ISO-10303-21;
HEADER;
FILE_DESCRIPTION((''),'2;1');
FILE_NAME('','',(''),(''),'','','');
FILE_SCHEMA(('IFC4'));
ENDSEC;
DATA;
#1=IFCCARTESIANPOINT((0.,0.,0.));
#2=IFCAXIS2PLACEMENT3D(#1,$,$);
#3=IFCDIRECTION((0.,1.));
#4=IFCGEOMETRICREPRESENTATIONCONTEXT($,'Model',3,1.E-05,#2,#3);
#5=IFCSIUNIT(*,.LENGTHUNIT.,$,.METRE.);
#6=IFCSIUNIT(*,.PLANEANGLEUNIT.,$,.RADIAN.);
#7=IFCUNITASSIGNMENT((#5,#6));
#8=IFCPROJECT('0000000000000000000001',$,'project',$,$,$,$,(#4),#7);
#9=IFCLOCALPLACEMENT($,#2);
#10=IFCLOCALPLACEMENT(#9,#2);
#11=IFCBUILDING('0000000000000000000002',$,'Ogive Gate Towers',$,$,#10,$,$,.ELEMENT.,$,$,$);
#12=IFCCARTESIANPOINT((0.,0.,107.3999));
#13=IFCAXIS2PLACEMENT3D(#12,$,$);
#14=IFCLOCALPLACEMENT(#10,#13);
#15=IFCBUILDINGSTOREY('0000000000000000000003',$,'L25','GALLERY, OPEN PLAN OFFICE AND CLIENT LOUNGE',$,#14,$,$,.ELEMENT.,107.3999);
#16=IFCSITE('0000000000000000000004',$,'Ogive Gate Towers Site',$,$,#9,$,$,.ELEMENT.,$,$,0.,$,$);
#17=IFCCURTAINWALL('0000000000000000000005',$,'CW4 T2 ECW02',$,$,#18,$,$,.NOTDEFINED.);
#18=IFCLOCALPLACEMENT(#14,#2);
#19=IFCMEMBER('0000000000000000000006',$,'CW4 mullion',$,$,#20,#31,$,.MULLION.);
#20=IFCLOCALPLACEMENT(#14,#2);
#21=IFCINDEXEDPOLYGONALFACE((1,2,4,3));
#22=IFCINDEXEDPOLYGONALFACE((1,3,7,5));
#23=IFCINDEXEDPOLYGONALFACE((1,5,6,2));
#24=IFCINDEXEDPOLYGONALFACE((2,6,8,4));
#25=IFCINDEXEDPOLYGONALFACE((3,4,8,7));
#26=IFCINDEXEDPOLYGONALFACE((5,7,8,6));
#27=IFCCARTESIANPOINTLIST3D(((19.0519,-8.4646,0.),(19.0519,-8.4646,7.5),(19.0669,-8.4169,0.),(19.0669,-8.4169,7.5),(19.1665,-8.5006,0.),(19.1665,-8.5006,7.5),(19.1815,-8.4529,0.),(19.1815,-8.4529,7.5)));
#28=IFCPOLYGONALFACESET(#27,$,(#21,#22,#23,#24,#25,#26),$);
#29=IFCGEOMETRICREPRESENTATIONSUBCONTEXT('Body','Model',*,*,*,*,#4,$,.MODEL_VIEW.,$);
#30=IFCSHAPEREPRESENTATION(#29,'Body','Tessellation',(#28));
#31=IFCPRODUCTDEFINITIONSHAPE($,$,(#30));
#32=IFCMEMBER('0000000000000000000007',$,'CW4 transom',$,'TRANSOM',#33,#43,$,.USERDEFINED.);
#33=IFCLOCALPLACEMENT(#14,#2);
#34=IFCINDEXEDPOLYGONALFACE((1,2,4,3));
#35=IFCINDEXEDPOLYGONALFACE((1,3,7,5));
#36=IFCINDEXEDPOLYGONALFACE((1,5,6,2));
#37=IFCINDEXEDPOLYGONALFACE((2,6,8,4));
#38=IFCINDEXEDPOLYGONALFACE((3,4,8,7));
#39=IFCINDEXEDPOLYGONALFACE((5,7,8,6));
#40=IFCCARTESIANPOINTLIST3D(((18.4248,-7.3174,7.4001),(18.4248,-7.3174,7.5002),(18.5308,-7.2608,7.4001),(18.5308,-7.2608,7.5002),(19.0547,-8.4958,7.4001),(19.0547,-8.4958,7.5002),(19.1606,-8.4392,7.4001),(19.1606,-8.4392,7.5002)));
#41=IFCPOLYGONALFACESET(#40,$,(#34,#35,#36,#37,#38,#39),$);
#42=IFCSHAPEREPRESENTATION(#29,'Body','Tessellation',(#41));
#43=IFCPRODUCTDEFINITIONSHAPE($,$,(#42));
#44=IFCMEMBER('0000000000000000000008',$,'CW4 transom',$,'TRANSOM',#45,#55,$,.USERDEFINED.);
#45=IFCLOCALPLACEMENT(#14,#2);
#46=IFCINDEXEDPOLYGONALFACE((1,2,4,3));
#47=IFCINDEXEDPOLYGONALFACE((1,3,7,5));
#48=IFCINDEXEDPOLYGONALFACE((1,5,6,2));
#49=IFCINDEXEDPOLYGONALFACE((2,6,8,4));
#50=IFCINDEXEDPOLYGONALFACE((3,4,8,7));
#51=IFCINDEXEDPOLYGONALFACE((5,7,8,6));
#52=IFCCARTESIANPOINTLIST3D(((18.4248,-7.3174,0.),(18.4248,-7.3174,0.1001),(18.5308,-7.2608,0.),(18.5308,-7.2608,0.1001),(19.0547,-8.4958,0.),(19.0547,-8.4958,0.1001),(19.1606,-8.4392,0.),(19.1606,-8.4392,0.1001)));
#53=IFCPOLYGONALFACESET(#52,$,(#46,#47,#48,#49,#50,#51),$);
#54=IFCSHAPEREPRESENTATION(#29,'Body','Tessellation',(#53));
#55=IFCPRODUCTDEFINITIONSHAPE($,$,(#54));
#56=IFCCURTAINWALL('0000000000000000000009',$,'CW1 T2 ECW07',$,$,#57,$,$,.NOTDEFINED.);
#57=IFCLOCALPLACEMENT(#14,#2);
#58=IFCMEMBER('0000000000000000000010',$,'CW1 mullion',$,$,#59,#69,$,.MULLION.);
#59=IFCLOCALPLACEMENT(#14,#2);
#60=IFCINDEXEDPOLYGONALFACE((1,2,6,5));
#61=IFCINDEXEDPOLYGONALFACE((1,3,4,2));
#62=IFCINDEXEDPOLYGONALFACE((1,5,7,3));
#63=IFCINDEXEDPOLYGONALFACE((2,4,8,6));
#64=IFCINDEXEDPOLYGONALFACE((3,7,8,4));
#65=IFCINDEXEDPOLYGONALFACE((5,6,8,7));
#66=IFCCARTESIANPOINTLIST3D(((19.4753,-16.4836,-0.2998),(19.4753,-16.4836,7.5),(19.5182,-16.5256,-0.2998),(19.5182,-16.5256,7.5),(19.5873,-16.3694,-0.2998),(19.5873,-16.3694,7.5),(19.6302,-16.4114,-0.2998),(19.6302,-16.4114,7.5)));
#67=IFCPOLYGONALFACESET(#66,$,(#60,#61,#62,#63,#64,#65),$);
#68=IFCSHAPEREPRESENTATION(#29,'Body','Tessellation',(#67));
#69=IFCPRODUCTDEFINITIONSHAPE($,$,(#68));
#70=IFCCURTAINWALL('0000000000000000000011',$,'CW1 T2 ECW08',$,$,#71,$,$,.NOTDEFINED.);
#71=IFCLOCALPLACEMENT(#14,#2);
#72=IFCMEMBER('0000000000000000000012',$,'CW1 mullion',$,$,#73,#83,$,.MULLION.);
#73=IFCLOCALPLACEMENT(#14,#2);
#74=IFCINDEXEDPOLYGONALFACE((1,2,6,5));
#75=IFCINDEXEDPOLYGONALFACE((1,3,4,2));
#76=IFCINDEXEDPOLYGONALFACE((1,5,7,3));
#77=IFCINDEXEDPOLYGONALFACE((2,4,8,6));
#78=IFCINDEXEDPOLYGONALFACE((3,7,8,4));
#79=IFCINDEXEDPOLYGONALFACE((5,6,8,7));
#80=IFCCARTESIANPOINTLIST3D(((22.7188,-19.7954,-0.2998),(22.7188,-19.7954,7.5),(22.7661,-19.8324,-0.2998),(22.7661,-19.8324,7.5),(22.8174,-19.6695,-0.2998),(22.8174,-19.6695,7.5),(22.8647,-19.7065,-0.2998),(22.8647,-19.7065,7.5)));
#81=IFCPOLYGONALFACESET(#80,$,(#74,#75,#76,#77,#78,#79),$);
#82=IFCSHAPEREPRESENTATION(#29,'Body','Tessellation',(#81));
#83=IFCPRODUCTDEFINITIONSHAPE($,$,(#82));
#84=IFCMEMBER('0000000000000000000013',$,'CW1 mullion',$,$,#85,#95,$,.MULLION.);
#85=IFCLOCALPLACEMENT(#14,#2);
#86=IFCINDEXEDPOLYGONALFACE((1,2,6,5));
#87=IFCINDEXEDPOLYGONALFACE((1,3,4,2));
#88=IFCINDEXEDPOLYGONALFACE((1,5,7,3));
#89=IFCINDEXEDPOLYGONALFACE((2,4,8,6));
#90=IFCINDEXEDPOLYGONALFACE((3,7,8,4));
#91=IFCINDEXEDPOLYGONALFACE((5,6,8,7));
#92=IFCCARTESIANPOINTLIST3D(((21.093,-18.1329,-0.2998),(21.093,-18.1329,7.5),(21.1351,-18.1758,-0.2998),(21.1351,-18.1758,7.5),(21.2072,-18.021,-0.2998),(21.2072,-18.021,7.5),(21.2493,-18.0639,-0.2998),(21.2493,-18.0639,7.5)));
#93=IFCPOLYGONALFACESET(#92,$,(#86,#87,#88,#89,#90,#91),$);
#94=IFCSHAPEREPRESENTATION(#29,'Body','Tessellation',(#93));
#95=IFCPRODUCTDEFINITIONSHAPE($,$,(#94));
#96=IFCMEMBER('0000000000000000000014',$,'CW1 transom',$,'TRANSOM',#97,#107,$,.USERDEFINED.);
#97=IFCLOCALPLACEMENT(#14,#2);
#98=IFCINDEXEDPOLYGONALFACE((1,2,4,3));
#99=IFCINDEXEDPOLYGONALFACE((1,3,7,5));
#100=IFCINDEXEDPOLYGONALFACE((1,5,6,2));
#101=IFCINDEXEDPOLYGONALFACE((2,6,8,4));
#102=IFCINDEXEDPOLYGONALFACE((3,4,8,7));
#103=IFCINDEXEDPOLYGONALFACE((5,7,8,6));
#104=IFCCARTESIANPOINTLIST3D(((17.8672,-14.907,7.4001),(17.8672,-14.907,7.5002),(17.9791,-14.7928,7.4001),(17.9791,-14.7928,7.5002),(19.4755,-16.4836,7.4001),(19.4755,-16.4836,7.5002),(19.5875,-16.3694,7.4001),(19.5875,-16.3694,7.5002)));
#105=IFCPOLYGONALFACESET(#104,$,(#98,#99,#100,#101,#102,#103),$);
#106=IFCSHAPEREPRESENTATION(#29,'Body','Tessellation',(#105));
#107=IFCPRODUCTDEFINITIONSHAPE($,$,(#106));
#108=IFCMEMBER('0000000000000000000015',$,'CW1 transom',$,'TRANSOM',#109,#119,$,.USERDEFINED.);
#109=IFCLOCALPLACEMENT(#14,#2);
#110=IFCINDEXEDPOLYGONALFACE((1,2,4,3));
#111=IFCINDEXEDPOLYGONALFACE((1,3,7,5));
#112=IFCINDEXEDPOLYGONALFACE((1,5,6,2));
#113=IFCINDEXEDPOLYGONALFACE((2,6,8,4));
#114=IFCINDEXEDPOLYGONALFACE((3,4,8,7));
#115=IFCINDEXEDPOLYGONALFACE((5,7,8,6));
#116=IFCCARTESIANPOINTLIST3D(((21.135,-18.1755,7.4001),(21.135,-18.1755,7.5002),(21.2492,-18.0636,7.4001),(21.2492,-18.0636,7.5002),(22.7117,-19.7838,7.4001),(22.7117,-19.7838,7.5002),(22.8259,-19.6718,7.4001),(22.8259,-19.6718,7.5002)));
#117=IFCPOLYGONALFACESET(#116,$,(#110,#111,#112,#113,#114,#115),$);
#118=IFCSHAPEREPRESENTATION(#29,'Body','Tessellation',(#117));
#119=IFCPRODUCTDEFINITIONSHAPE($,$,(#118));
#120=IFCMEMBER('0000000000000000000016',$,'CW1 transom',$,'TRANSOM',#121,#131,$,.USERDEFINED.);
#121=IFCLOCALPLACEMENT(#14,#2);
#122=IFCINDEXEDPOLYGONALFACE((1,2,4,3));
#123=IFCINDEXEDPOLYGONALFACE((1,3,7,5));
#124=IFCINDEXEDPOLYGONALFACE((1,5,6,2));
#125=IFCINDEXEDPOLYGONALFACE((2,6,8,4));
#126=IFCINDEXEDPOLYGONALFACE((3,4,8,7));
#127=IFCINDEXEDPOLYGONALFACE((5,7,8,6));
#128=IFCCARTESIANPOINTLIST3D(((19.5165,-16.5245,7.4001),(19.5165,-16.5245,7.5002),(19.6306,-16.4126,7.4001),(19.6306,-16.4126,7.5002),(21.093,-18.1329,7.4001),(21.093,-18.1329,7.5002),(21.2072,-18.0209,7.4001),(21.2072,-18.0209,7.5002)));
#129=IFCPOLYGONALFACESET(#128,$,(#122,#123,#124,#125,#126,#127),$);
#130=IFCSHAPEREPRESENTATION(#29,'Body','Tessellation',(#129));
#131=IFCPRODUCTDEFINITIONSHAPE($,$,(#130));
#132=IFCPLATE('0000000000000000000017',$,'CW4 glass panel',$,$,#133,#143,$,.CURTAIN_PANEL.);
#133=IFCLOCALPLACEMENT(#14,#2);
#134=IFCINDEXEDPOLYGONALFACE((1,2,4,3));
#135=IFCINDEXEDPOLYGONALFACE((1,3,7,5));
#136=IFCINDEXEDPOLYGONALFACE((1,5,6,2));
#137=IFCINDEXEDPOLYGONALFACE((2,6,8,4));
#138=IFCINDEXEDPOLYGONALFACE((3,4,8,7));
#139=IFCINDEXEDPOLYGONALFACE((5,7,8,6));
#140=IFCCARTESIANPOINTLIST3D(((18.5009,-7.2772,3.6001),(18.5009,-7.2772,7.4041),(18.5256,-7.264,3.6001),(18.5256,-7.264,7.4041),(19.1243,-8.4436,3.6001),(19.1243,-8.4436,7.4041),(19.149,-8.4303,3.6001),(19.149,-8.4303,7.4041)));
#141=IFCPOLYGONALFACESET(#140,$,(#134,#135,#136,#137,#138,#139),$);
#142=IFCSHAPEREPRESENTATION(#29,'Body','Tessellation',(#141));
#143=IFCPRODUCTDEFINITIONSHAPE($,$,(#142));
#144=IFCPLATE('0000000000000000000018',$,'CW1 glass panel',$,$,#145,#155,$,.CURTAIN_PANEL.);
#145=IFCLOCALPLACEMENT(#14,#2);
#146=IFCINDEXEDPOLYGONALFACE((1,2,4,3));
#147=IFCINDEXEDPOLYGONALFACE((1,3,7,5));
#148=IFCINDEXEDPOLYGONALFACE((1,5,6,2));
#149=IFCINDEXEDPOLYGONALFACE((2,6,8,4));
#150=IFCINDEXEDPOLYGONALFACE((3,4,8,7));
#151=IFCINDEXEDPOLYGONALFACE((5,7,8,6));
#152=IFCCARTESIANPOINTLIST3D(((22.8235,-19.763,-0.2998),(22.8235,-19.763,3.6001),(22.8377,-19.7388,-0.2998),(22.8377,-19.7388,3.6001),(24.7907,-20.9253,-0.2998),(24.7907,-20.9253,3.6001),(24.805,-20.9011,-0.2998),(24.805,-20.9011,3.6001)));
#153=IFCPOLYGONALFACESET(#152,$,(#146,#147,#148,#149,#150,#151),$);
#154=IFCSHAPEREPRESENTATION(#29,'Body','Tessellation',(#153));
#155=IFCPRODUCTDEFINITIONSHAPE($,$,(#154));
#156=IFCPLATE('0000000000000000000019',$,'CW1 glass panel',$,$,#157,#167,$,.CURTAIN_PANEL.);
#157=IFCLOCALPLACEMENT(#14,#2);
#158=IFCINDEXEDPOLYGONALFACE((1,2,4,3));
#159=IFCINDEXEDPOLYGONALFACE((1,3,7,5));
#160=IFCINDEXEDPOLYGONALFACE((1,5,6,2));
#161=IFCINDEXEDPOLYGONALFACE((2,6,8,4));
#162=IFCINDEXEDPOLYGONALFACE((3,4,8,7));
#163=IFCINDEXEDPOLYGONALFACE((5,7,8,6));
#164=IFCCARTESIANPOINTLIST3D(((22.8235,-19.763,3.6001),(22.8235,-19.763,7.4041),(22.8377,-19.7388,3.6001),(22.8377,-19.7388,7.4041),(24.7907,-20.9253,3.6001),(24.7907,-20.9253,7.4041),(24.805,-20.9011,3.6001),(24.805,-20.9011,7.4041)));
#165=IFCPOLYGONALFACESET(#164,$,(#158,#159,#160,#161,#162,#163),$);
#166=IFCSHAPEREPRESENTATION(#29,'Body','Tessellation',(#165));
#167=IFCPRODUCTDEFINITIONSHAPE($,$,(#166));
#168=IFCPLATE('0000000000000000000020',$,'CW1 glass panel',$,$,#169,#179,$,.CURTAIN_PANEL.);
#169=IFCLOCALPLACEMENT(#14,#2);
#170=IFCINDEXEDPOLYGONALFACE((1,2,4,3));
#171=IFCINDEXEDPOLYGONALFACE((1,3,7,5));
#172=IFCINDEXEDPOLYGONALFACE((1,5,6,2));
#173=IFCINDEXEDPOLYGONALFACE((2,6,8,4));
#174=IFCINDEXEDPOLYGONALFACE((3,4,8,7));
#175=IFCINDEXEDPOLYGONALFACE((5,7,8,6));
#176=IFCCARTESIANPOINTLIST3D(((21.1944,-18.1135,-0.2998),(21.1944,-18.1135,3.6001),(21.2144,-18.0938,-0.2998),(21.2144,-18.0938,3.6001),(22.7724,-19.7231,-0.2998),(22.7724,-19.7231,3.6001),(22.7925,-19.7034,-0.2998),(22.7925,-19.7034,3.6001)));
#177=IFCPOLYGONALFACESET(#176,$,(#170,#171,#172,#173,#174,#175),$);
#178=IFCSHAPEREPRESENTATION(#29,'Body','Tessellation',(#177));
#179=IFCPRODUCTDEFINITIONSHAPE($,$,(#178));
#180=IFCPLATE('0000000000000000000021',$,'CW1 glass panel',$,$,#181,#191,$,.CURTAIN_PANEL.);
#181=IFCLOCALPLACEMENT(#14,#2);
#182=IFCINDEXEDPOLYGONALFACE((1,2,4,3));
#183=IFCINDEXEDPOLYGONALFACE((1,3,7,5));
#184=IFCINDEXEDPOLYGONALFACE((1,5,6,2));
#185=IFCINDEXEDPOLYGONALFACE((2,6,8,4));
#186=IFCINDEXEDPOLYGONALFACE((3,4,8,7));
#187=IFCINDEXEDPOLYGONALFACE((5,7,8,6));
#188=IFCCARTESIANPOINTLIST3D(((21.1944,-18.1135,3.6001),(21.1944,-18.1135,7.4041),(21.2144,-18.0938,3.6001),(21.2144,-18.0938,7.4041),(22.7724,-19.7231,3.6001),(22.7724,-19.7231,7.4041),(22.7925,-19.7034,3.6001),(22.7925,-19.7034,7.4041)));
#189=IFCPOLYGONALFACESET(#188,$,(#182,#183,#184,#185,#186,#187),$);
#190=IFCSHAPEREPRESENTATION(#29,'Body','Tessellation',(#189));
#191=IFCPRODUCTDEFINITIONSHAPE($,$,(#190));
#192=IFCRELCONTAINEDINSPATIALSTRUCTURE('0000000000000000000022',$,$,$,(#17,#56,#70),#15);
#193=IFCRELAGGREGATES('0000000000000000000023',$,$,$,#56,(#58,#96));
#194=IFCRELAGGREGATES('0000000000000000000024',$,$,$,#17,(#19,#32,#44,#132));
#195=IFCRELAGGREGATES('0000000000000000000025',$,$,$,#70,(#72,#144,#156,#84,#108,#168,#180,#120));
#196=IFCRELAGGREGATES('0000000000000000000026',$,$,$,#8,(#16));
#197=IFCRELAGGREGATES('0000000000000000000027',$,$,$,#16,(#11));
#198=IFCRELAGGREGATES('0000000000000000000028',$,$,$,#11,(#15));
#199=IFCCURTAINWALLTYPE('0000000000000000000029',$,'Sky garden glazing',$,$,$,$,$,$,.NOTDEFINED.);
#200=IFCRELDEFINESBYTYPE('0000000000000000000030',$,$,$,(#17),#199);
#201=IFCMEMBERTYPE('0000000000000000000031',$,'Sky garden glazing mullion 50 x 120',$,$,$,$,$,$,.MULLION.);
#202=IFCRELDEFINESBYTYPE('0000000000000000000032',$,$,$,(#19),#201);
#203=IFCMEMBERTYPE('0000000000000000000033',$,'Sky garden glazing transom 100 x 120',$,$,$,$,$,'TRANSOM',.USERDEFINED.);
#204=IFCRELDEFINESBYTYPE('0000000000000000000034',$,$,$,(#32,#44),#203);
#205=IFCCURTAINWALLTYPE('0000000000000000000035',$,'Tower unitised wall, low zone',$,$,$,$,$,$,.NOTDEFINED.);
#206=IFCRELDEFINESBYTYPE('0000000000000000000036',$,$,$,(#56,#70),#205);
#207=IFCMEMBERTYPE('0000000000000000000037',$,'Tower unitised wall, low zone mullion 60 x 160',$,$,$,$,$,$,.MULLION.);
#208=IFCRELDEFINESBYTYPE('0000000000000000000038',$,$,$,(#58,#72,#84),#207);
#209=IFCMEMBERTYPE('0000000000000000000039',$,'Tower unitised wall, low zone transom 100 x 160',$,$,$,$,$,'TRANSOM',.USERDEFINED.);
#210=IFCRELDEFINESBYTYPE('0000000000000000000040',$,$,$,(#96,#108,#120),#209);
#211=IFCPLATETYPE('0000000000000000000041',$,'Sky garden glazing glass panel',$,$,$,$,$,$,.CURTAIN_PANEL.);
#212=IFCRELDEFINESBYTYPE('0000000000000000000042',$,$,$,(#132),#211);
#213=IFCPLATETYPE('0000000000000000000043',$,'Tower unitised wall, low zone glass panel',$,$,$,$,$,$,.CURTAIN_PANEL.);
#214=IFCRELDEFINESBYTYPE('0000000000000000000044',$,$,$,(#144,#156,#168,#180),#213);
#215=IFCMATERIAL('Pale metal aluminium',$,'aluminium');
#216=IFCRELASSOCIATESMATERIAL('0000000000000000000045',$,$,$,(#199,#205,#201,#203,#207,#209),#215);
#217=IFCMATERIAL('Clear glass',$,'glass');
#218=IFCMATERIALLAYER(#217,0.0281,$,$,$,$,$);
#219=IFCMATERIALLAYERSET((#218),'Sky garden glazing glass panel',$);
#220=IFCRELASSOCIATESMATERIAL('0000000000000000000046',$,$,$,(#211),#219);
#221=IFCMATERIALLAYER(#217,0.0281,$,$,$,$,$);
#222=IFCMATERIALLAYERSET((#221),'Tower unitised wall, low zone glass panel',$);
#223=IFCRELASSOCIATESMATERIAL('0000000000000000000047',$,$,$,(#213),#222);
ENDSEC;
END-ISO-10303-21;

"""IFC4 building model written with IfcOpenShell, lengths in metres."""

from ifc_helpers import new_model, si_unit, direction, frame, origin, origin_2d, place, context, subcontext, project, spatial, rectangle, extrude, material, layer, layer_set, material_profile, profile_set, type_object, element, aggregate, save


model = new_model("IFC4")

# Units and contexts
model_context = context("Model", 3, precision=1e-05, world=origin(), true_north=direction((0.0, 1.0)))
body_context = subcontext(model_context, "Body", "Model", "MODEL_VIEW")
ifc_project = project(units=[si_unit("LENGTHUNIT", "METRE"), si_unit("PLANEANGLEUNIT", "RADIAN")], contexts=[model_context])

# Site, building, storey
site_placement = place(None, origin())
site = spatial("IfcSite", under=ifc_project, at=site_placement, Name="Ogive Gate Towers Site", CompositionType="ELEMENT", RefElevation=0.0)
building_placement = place(site_placement, origin())
building = spatial("IfcBuilding", under=site, at=building_placement, Name="Ogive Gate Towers", CompositionType="ELEMENT")
storey_placement = place(building_placement, frame((0.0, 0.0, 107.3999)))
storey = spatial("IfcBuildingStorey", under=building, at=storey_placement, Name="L25", Description="GALLERY, OPEN PLAN OFFICE AND CLIENT LOUNGE", CompositionType="ELEMENT", Elevation=107.3999)

# Curtain wall, members
ifc_material_1 = material(Name="Pale metal aluminium", Category="aluminium")
curtain_wall_type_1 = type_object("IfcCurtainWallType", Name="Sky garden glazing", PredefinedType="NOTDEFINED", material=ifc_material_1)
curtain_wall_1_placement = place(storey_placement, origin())
curtain_wall_1 = element("IfcCurtainWall", 1, at=curtain_wall_1_placement, inside=storey, type_object=curtain_wall_type_1, Name="CW4 T2 ECW02", PredefinedType="NOTDEFINED")
ifc_material_profile_1 = material_profile(ifc_material_1, rectangle(XDim=0.1201, YDim=0.05, at=origin_2d()), Name="50 x 120 aluminium box")
ifc_profile_set_1 = profile_set([ifc_material_profile_1], Name="Pale metal aluminium")
member_type_1 = type_object("IfcMemberType", Name="Sky garden glazing mullion 50 x 120", PredefinedType="MULLION", material=ifc_profile_set_1)
member_1_placement = place(storey_placement, frame((19.1167, -8.4587, 0.0), z_axis=(0.0, 0.0, 1.0), x_axis=(0.954047, -0.299657, 0.0)))
member_1 = element("IfcMember", 2, at=member_1_placement, type_object=member_type_1, Name="CW4 mullion", PredefinedType="MULLION", context=body_context, shape_type="SweptSolid", body=[
    extrude(rectangle(XDim=0.1201, YDim=0.05, at=origin_2d()), origin(), (0.0, 0.0, 1.0), 7.5),
])
ifc_material_profile_2 = material_profile(ifc_material_1, rectangle(XDim=0.1201, YDim=0.1001, at=origin_2d()), Name="100 x 120 aluminium box")
ifc_profile_set_2 = profile_set([ifc_material_profile_2], Name="Pale metal aluminium")
member_type_2 = type_object("IfcMemberType", Name="Sky garden glazing transom 100 x 120", ElementType="TRANSOM", PredefinedType="USERDEFINED", material=ifc_profile_set_2)
member_2_placement = place(storey_placement, frame((19.1077, -8.4675, 7.4502), z_axis=(-0.471385, 0.881928, 0.0), x_axis=(-0.881928, -0.471385, 0.0)))
member_2 = element("IfcMember", 3, at=member_2_placement, type_object=member_type_2, Name="CW4 transom", ObjectType="TRANSOM", PredefinedType="USERDEFINED", context=body_context, shape_type="SweptSolid", body=[
    extrude(rectangle(XDim=0.1201, YDim=0.1001, at=origin_2d()), origin(), (0.0, 0.0, 1.0), 1.3362),
])
member_3_placement = place(storey_placement, frame((19.1077, -8.4675, 0.05), z_axis=(-0.471385, 0.881928, 0.0), x_axis=(-0.881928, -0.471385, 0.0)))
member_3 = element("IfcMember", 4, at=member_3_placement, type_object=member_type_2, Name="CW4 transom", ObjectType="TRANSOM", PredefinedType="USERDEFINED", context=body_context, shape_type="SweptSolid", body=[
    extrude(rectangle(XDim=0.1201, YDim=0.1001, at=origin_2d()), origin(), (0.0, 0.0, 1.0), 1.3362),
])

# Curtain wall, member
curtain_wall_type_2 = type_object("IfcCurtainWallType", Name="Tower unitised wall, low zone", PredefinedType="NOTDEFINED", material=ifc_material_1)
curtain_wall_2_placement = place(storey_placement, origin())
curtain_wall_2 = element("IfcCurtainWall", 5, at=curtain_wall_2_placement, inside=storey, type_object=curtain_wall_type_2, Name="CW1 T2 ECW07", PredefinedType="NOTDEFINED")
ifc_material_profile_3 = material_profile(ifc_material_1, rectangle(XDim=0.1599, YDim=0.0601, at=origin_2d()), Name="60 x 160 aluminium box")
ifc_profile_set_3 = profile_set([ifc_material_profile_3], Name="Pale metal aluminium")
member_type_3 = type_object("IfcMemberType", Name="Tower unitised wall, low zone mullion 60 x 160", PredefinedType="MULLION", material=ifc_profile_set_3)
member_4_placement = place(storey_placement, frame((19.5527, -16.4475, -0.2998), z_axis=(0.0, 0.0, 1.0), x_axis=(0.700062, 0.714082, 0.0)))
member_4 = element("IfcMember", 6, at=member_4_placement, type_object=member_type_3, Name="CW1 mullion", PredefinedType="MULLION", context=body_context, shape_type="SweptSolid", body=[
    extrude(rectangle(XDim=0.1599, YDim=0.0601, at=origin_2d()), origin(), (0.0, 0.0, 1.0), 7.7998),
])

# Curtain wall, members
curtain_wall_3_placement = place(storey_placement, origin())
curtain_wall_3 = element("IfcCurtainWall", 7, at=curtain_wall_3_placement, inside=storey, type_object=curtain_wall_type_2, Name="CW1 T2 ECW08", PredefinedType="NOTDEFINED")
member_5_placement = place(storey_placement, frame((22.7917, -19.751, -0.2998), z_axis=(0.0, 0.0, 1.0), x_axis=(0.616651, 0.787236, 0.0)))
member_5 = element("IfcMember", 8, at=member_5_placement, type_object=member_type_3, Name="CW1 mullion", PredefinedType="MULLION", context=body_context, shape_type="SweptSolid", body=[
    extrude(rectangle(XDim=0.1599, YDim=0.0601, at=origin_2d()), origin(), (0.0, 0.0, 1.0), 7.7998),
])
member_6_placement = place(storey_placement, frame((21.1711, -18.0984, -0.2998), z_axis=(0.0, 0.0, 1.0), x_axis=(0.714082, 0.700062, 0.0)))
member_6 = element("IfcMember", 9, at=member_6_placement, type_object=member_type_3, Name="CW1 mullion", PredefinedType="MULLION", context=body_context, shape_type="SweptSolid", body=[
    extrude(rectangle(XDim=0.1599, YDim=0.0601, at=origin_2d()), origin(), (0.0, 0.0, 1.0), 7.7998),
])

# Members
ifc_material_profile_4 = material_profile(ifc_material_1, rectangle(XDim=0.1599, YDim=0.1001, at=origin_2d()), Name="100 x 160 aluminium box")
ifc_profile_set_4 = profile_set([ifc_material_profile_4], Name="Pale metal aluminium")
member_type_4 = type_object("IfcMemberType", Name="Tower unitised wall, low zone transom 100 x 160", ElementType="TRANSOM", PredefinedType="USERDEFINED", material=ifc_profile_set_4)
member_7_placement = place(storey_placement, frame((19.5315, -16.4265, 7.4502), z_axis=(-0.714117, 0.700026, 0.0), x_axis=(-0.700026, -0.714117, 0.0)))
member_7 = element("IfcMember", 10, at=member_7_placement, type_object=member_type_4, Name="CW1 transom", ObjectType="TRANSOM", PredefinedType="USERDEFINED", context=body_context, shape_type="SweptSolid", body=[
    extrude(rectangle(XDim=0.1599, YDim=0.1001, at=origin_2d()), origin(), (0.0, 0.0, 1.0), 2.2522),
])
aggregate(curtain_wall_2, [member_4, member_7])
member_8_placement = place(storey_placement, frame((22.7688, -19.7278, 7.4502), z_axis=(-0.70008, 0.714064, 0.0), x_axis=(-0.714064, -0.70008, 0.0)))
member_8 = element("IfcMember", 11, at=member_8_placement, type_object=member_type_4, Name="CW1 transom", ObjectType="TRANSOM", PredefinedType="USERDEFINED", context=body_context, shape_type="SweptSolid", body=[
    extrude(rectangle(XDim=0.1599, YDim=0.1001, at=origin_2d()), origin(), (0.0, 0.0, 1.0), 2.2522),
])
member_9_placement = place(storey_placement, frame((21.1501, -18.0769, 7.4502), z_axis=(-0.700026, 0.714117, 0.0), x_axis=(-0.714117, -0.700026, 0.0)))
member_9 = element("IfcMember", 12, at=member_9_placement, type_object=member_type_4, Name="CW1 transom", ObjectType="TRANSOM", PredefinedType="USERDEFINED", context=body_context, shape_type="SweptSolid", body=[
    extrude(rectangle(XDim=0.1599, YDim=0.1001, at=origin_2d()), origin(), (0.0, 0.0, 1.0), 2.2522),
])

# Plates
ifc_material_2 = material(Name="Clear glass", Category="glass")
ifc_layer_1 = layer(ifc_material_2, 0.0281)
ifc_layer_set_1 = layer_set([ifc_layer_1], Name="Sky garden glazing glass panel")
plate_type_1 = type_object("IfcPlateType", Name="Sky garden glazing glass panel", PredefinedType="CURTAIN_PANEL", material=ifc_layer_set_1)
plate_1_placement = place(storey_placement, frame((18.825, -7.8538, 3.6001), z_axis=(0.0, 0.0, 1.0), x_axis=(-0.471397, 0.881921, 0.0)))
plate_1 = element("IfcPlate", 13, at=plate_1_placement, type_object=plate_type_1, Name="CW4 glass panel", PredefinedType="CURTAIN_PANEL", context=body_context, shape_type="SweptSolid", body=[
    extrude(rectangle(XDim=1.3225, YDim=0.0281, at=origin_2d()), origin(), (0.0, 0.0, 1.0), 3.804),
])
aggregate(curtain_wall_1, [member_1, member_2, member_3, plate_1])
ifc_layer_2 = layer(ifc_material_2, 0.0281)
ifc_layer_set_2 = layer_set([ifc_layer_2], Name="Tower unitised wall, low zone glass panel")
plate_type_2 = type_object("IfcPlateType", Name="Tower unitised wall, low zone glass panel", PredefinedType="CURTAIN_PANEL", material=ifc_layer_set_2)
plate_2_placement = place(storey_placement, frame((23.8142, -20.332, -0.2998), z_axis=(0.0, 0.0, 1.0), x_axis=(-0.860955, 0.508681, 0.0)))
plate_2 = element("IfcPlate", 14, at=plate_2_placement, type_object=plate_type_2, Name="CW1 glass panel", PredefinedType="CURTAIN_PANEL", context=body_context, shape_type="SweptSolid", body=[
    extrude(rectangle(XDim=2.2849, YDim=0.0281, at=origin_2d()), origin(), (0.0, 0.0, 1.0), 3.8999),
])
plate_3_placement = place(storey_placement, frame((23.8142, -20.332, 3.6001), z_axis=(0.0, 0.0, 1.0), x_axis=(-0.860955, 0.508681, 0.0)))
plate_3 = element("IfcPlate", 15, at=plate_3_placement, type_object=plate_type_2, Name="CW1 glass panel", PredefinedType="CURTAIN_PANEL", context=body_context, shape_type="SweptSolid", body=[
    extrude(rectangle(XDim=2.2849, YDim=0.0281, at=origin_2d()), origin(), (0.0, 0.0, 1.0), 3.804),
])
plate_4_placement = place(storey_placement, frame((21.9934, -18.9084, -0.2998), z_axis=(0.0, 0.0, 1.0), x_axis=(-0.700062, 0.714082, 0.0)))
plate_4 = element("IfcPlate", 16, at=plate_4_placement, type_object=plate_type_2, Name="CW1 glass panel", PredefinedType="CURTAIN_PANEL", context=body_context, shape_type="SweptSolid", body=[
    extrude(rectangle(XDim=2.2542, YDim=0.0281, at=origin_2d()), origin(), (0.0, 0.0, 1.0), 3.8999),
])
plate_5_placement = place(storey_placement, frame((21.9934, -18.9084, 3.6001), z_axis=(0.0, 0.0, 1.0), x_axis=(-0.700062, 0.714082, 0.0)))
plate_5 = element("IfcPlate", 17, at=plate_5_placement, type_object=plate_type_2, Name="CW1 glass panel", PredefinedType="CURTAIN_PANEL", context=body_context, shape_type="SweptSolid", body=[
    extrude(rectangle(XDim=2.2542, YDim=0.0281, at=origin_2d()), origin(), (0.0, 0.0, 1.0), 3.804),
])
aggregate(curtain_wall_3, [member_5, plate_2, plate_3, member_6, member_8, plate_4, plate_5, member_9])

save(model, "model.ifc")
